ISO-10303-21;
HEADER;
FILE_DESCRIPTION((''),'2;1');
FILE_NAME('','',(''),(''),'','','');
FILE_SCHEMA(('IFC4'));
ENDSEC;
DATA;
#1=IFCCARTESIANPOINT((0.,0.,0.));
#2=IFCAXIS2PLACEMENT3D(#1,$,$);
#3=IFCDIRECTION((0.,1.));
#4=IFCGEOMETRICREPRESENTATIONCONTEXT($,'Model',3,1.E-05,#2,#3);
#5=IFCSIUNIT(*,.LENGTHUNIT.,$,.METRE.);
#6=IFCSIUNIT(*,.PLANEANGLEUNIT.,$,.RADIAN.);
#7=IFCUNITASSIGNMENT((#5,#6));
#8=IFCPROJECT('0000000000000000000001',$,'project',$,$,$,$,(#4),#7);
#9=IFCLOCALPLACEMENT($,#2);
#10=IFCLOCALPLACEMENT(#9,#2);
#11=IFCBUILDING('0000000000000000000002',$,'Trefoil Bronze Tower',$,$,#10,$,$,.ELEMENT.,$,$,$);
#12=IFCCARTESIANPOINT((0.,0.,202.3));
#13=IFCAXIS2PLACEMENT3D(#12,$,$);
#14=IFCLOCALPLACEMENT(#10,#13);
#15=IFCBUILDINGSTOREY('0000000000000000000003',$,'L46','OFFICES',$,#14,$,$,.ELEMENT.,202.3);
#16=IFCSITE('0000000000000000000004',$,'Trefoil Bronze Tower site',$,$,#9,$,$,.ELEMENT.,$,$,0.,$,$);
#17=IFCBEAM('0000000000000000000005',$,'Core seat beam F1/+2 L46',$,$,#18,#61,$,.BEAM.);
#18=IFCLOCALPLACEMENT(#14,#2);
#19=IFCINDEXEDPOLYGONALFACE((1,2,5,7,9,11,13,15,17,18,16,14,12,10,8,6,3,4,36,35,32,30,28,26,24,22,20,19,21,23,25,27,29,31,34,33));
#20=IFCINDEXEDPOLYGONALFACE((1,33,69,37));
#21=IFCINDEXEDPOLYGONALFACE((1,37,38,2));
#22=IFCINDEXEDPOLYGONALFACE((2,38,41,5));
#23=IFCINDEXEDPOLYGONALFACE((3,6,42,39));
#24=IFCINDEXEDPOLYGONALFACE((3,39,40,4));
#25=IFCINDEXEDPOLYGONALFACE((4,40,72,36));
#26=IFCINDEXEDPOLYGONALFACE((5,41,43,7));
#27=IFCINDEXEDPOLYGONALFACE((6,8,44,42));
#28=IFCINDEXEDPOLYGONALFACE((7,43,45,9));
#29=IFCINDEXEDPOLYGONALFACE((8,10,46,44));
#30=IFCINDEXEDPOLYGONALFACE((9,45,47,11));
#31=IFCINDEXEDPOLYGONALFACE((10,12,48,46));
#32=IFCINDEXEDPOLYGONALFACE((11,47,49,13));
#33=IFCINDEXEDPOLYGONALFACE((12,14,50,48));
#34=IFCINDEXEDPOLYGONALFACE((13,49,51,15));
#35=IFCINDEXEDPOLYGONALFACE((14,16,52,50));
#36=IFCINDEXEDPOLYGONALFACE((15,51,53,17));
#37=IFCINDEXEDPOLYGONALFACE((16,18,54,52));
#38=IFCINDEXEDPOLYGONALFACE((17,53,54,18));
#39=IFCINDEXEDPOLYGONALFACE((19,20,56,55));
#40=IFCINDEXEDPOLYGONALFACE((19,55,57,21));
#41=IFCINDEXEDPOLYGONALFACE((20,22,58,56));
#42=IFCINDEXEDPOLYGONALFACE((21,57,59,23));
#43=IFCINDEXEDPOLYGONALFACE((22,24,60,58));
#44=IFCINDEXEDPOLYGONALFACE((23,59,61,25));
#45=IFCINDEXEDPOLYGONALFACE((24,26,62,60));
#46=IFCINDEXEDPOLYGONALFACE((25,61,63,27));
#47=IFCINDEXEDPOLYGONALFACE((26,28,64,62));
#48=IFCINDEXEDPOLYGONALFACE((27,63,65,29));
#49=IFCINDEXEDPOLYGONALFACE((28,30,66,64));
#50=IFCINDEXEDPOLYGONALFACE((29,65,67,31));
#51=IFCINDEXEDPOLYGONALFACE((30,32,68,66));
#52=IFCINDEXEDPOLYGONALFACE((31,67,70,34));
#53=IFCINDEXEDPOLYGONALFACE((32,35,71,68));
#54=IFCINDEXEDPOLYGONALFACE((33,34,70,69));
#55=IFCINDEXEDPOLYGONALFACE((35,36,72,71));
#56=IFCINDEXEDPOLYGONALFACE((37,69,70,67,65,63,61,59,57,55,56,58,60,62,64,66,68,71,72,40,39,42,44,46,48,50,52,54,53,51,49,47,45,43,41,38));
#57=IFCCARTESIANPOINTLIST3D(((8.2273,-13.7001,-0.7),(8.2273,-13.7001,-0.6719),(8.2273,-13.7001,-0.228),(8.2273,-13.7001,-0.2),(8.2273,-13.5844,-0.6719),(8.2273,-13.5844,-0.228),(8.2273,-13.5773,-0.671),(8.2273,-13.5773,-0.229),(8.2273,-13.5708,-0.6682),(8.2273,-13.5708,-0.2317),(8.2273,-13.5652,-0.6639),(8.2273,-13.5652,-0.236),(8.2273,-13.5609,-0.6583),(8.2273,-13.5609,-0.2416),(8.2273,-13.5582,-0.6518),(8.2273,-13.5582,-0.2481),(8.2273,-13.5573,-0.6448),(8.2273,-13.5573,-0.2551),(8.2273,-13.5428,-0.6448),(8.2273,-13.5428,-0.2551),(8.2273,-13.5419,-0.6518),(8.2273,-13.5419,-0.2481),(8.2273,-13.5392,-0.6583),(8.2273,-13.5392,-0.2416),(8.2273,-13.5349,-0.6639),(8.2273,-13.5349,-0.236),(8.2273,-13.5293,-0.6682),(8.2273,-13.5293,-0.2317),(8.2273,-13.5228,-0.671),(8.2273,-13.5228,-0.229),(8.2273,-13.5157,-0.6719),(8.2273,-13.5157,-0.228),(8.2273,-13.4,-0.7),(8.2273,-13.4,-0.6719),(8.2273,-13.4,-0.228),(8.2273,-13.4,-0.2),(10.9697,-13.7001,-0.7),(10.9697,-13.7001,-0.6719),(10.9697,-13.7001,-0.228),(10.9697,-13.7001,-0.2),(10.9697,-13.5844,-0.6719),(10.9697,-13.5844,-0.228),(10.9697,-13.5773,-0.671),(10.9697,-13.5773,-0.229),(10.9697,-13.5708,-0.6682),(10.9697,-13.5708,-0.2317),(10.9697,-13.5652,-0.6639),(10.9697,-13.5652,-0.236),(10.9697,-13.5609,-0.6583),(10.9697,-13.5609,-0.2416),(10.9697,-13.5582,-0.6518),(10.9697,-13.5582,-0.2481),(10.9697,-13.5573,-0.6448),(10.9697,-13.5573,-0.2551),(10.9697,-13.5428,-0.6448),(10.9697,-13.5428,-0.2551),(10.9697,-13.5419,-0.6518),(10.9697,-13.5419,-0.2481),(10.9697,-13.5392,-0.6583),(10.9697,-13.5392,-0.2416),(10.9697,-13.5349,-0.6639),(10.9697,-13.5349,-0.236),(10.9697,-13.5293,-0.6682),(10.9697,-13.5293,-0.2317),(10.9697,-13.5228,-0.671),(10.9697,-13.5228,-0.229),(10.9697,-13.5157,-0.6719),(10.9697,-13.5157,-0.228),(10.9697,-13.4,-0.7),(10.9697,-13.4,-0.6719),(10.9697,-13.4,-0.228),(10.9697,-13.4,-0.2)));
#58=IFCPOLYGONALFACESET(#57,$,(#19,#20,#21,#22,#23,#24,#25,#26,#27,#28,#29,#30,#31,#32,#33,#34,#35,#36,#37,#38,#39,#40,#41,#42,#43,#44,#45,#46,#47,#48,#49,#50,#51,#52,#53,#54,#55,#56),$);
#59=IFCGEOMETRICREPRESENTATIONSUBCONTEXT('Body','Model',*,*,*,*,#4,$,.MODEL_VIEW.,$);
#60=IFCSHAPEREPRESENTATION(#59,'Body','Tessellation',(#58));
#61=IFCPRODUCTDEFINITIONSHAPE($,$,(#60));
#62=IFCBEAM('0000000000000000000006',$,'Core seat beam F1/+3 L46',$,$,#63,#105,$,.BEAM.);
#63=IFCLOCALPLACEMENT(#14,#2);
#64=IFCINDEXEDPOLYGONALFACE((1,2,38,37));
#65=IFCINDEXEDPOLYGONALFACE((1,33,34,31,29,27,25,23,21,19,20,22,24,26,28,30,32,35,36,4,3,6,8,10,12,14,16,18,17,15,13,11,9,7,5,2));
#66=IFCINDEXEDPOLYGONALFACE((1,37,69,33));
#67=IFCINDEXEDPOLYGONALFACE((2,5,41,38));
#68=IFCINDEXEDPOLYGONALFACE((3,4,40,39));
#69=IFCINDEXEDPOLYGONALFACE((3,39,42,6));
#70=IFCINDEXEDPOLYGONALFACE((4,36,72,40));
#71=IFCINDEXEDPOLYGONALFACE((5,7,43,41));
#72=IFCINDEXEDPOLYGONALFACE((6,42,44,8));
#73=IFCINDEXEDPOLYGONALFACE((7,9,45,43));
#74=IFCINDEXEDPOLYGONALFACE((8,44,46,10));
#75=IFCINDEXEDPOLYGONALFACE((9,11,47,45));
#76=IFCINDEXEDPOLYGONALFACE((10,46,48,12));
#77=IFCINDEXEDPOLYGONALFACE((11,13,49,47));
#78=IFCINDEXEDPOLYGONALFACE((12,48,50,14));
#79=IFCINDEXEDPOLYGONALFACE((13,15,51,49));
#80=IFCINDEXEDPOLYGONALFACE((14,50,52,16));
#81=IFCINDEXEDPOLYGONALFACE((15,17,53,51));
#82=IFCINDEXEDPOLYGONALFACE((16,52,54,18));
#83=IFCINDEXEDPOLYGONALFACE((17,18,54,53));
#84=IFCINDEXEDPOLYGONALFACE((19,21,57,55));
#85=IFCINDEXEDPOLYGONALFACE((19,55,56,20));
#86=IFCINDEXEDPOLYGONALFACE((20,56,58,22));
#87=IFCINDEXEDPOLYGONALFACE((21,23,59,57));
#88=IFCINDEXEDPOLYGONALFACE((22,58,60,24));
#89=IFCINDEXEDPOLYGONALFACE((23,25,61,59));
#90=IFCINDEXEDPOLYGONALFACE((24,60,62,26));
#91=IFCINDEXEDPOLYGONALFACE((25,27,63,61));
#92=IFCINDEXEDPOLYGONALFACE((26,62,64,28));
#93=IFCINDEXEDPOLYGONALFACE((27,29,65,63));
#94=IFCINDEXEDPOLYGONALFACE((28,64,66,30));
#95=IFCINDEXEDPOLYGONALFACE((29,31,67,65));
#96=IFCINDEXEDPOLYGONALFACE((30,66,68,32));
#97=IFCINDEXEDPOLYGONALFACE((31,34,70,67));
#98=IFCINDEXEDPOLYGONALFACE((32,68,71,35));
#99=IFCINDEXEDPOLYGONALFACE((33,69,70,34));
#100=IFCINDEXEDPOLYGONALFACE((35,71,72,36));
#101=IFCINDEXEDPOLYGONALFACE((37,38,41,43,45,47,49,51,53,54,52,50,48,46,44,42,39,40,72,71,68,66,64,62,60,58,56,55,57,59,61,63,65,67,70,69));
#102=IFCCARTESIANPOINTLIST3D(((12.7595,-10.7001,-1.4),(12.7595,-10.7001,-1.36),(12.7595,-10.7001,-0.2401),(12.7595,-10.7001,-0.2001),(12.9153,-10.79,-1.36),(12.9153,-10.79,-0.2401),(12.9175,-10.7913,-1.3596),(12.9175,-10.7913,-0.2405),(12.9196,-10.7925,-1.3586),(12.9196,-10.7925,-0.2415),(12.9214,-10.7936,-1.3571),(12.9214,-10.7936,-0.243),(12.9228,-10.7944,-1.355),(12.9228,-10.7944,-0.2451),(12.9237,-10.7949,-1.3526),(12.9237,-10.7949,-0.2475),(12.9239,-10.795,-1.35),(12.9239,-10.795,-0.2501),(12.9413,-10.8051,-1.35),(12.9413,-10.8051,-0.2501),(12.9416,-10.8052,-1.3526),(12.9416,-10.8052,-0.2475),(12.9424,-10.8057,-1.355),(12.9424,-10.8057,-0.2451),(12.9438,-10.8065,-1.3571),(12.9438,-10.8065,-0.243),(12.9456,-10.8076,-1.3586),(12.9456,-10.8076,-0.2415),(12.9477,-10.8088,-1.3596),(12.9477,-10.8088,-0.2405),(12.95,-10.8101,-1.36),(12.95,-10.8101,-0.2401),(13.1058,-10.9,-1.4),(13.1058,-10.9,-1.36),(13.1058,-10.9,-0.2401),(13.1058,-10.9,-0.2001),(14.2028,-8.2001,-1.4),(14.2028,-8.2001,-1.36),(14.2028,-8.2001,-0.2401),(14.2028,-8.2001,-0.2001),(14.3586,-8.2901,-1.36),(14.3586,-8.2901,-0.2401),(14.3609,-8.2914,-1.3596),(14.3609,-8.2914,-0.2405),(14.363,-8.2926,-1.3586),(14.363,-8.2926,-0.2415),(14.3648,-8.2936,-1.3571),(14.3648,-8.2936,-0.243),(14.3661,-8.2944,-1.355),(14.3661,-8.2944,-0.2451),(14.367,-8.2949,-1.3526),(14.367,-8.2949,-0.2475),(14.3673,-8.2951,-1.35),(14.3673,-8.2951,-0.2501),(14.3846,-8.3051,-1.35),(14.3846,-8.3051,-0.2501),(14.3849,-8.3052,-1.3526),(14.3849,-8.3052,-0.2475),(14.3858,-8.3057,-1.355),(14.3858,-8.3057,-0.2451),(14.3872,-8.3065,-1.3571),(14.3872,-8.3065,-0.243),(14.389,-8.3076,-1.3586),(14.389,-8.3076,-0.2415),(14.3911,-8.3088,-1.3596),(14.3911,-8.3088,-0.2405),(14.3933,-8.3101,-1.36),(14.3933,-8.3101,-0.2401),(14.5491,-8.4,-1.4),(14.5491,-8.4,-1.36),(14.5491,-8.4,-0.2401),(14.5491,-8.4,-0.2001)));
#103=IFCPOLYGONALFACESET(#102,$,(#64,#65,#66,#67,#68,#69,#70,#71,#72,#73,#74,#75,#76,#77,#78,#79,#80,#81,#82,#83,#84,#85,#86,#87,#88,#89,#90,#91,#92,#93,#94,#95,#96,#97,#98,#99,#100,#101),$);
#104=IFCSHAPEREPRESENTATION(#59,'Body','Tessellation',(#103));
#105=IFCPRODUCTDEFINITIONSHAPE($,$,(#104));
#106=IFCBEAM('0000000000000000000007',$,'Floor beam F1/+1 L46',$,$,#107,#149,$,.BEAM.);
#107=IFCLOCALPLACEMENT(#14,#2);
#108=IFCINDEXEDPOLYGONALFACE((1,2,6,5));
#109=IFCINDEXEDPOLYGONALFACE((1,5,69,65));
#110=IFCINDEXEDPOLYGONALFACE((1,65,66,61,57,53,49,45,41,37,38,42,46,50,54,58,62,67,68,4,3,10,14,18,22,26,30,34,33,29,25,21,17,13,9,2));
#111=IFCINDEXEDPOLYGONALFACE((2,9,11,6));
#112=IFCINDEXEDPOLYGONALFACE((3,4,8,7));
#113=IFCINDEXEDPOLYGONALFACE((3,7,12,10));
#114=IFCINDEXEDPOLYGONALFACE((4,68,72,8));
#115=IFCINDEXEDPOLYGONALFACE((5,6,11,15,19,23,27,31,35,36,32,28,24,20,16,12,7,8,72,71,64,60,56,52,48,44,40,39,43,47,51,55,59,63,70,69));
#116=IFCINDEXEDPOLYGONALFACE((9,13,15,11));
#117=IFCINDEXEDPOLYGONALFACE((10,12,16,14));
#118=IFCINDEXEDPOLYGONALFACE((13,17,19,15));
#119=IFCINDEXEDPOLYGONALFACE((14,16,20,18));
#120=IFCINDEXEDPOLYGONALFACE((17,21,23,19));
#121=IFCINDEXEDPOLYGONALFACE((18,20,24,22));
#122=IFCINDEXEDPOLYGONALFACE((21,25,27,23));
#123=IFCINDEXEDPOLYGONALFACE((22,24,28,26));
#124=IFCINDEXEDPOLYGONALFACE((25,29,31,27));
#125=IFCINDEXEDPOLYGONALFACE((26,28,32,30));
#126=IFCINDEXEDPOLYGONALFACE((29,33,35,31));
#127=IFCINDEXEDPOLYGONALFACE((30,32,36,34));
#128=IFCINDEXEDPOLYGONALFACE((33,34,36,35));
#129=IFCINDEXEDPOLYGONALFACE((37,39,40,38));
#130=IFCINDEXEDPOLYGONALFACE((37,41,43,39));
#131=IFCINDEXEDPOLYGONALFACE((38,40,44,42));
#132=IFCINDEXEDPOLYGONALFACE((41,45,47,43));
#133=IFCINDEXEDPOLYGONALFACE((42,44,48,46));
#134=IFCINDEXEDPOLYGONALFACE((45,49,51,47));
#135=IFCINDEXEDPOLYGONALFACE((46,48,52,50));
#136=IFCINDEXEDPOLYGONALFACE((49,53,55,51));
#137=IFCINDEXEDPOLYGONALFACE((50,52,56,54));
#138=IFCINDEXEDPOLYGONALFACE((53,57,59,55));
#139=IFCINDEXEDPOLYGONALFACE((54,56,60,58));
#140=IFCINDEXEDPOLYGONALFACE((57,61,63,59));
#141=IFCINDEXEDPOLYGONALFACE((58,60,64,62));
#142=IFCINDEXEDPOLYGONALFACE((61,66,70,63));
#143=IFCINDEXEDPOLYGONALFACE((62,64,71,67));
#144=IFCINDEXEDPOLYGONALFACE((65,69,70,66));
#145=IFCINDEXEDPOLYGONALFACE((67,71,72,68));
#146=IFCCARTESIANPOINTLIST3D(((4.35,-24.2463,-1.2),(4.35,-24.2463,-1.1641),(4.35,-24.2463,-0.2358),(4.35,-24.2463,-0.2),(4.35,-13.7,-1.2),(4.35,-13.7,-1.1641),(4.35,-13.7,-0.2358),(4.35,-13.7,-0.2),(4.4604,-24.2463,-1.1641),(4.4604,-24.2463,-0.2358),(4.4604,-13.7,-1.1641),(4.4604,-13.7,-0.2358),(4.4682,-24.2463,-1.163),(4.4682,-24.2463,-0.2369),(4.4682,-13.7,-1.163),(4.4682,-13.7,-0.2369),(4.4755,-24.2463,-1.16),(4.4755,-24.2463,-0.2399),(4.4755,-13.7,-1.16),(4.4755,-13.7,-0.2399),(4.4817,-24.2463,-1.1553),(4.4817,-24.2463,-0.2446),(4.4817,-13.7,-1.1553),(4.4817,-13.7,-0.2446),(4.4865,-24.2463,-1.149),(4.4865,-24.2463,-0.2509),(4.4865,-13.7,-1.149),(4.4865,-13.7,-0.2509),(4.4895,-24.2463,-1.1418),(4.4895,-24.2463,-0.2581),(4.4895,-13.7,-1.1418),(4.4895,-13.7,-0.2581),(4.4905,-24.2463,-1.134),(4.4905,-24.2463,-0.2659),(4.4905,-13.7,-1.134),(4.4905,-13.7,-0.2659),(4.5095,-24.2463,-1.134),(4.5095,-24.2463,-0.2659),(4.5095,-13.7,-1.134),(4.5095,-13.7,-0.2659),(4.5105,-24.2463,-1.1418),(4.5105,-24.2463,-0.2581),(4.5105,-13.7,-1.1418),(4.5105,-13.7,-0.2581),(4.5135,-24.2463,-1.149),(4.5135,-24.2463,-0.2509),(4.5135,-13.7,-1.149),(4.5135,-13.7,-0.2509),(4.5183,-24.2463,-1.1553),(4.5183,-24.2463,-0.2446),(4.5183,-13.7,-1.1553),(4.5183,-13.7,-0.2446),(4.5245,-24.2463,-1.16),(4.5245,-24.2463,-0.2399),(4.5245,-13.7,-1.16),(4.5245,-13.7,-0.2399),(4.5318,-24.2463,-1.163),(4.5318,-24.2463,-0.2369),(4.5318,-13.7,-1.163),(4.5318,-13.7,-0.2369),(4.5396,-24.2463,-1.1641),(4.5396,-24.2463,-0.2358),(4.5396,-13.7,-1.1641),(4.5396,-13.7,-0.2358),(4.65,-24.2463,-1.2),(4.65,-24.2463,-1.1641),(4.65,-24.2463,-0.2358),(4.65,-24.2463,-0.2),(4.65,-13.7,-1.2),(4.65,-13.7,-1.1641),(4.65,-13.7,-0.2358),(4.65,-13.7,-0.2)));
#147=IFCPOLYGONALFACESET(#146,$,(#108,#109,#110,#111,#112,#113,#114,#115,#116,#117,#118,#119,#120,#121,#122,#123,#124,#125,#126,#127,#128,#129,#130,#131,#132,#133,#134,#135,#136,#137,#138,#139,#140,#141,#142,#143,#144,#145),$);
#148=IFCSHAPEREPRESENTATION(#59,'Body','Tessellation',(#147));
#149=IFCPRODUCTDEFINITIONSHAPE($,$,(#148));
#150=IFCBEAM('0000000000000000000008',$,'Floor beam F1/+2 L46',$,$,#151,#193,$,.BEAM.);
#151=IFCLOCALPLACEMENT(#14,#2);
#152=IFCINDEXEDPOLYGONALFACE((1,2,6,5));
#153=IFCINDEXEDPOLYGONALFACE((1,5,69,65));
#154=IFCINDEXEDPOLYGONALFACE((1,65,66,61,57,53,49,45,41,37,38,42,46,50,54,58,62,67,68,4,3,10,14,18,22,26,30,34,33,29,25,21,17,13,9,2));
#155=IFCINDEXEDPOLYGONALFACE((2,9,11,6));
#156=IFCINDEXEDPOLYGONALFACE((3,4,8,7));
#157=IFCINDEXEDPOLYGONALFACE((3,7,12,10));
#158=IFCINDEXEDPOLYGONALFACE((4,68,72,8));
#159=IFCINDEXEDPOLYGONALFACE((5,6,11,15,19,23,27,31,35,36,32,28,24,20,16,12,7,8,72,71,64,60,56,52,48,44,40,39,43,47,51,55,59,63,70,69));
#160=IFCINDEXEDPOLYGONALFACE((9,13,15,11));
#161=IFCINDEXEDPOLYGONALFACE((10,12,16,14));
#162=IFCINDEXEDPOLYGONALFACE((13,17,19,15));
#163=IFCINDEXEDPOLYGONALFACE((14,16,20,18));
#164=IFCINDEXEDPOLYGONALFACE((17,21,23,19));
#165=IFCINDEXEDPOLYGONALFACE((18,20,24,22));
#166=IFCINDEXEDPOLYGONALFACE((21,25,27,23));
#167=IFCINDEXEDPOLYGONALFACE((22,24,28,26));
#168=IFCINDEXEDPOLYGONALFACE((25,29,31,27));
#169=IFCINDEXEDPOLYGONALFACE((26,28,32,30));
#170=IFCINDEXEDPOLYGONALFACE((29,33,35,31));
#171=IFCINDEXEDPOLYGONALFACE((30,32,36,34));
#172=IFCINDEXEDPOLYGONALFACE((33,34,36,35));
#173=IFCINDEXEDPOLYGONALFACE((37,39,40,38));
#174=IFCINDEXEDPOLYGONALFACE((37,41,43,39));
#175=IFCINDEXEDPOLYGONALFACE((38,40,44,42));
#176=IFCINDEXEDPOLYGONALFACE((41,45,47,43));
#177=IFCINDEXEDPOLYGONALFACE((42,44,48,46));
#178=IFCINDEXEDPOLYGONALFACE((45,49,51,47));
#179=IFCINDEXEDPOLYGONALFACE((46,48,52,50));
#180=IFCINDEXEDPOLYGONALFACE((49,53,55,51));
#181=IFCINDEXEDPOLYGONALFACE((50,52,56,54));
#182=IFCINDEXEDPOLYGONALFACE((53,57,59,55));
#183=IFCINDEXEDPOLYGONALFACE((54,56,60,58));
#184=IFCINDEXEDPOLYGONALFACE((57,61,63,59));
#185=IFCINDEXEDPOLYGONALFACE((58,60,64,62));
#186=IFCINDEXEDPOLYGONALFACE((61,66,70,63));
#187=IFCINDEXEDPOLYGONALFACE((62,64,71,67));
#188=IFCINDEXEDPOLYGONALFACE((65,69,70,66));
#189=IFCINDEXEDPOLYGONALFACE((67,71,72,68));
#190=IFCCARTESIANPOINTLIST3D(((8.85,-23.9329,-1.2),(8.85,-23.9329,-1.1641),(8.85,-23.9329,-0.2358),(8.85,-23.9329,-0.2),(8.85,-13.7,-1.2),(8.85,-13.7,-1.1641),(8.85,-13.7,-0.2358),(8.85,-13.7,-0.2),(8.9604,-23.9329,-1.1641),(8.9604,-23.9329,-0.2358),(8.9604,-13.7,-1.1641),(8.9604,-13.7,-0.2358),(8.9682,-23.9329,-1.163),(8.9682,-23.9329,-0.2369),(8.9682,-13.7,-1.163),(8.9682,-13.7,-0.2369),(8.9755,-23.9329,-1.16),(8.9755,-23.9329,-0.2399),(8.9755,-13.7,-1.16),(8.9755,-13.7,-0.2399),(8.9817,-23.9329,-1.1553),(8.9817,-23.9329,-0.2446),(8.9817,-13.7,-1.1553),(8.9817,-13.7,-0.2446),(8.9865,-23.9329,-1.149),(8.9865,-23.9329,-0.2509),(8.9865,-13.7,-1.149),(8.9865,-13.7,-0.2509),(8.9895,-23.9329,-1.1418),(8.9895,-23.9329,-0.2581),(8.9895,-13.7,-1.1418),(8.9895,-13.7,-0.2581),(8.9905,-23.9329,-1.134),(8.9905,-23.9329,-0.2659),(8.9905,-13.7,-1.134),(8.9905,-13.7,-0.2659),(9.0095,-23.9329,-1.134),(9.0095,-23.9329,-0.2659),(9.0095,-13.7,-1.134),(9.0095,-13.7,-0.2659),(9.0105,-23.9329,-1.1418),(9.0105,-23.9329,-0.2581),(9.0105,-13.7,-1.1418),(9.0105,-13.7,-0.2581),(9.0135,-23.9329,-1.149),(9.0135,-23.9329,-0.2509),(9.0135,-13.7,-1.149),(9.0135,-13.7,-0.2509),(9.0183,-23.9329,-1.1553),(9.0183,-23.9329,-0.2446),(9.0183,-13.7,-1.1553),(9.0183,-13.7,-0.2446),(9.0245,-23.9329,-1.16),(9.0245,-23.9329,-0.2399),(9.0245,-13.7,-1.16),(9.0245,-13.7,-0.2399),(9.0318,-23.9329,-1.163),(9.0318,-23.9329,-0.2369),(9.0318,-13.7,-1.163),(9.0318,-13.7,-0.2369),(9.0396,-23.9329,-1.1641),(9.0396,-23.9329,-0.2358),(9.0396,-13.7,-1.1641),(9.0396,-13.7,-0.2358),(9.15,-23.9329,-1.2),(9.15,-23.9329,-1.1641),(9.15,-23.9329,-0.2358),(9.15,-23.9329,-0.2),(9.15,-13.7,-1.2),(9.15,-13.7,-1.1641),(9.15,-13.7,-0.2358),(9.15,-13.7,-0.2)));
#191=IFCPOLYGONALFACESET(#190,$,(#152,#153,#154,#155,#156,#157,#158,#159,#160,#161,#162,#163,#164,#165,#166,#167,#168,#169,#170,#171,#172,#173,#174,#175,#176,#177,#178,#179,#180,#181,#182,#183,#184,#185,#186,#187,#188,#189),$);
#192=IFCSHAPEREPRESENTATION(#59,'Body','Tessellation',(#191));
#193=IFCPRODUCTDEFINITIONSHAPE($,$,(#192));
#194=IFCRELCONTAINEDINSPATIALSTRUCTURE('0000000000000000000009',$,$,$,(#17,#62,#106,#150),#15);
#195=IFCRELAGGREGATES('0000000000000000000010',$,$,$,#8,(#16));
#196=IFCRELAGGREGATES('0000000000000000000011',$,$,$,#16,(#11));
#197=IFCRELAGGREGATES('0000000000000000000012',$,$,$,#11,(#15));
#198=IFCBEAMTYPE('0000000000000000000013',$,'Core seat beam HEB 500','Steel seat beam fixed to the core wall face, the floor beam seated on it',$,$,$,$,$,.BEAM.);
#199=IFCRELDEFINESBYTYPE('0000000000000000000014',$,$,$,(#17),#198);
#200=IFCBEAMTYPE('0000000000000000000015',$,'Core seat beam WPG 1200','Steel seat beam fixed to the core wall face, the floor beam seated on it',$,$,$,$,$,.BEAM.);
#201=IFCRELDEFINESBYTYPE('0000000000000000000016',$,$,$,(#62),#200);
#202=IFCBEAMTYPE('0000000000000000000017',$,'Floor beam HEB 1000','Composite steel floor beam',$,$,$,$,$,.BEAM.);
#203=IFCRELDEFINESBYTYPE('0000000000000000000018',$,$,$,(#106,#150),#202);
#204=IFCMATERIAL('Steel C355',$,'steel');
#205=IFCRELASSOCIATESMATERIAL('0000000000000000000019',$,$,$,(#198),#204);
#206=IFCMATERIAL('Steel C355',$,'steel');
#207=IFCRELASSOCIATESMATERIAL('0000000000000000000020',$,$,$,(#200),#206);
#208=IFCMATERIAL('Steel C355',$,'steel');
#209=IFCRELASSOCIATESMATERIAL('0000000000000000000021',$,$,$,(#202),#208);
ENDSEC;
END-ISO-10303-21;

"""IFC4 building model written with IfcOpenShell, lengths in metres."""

from ifc_helpers import new_model, si_unit, direction, frame, origin, origin_2d, place, context, subcontext, project, spatial, i_section, extrude, material, material_profile, profile_set, type_object, element, save


model = new_model("IFC4")

# Units and contexts
model_context = context("Model", 3, precision=1e-05, world=origin(), true_north=direction((0.0, 1.0)))
body_context = subcontext(model_context, "Body", "Model", "MODEL_VIEW")
ifc_project = project(units=[si_unit("LENGTHUNIT", "METRE"), si_unit("PLANEANGLEUNIT", "RADIAN")], contexts=[model_context])

# Site, building, storey
site_placement = place(None, origin())
site = spatial("IfcSite", under=ifc_project, at=site_placement, Name="Trefoil Bronze Tower site", CompositionType="ELEMENT", RefElevation=0.0)
building_placement = place(site_placement, origin())
building = spatial("IfcBuilding", under=site, at=building_placement, Name="Trefoil Bronze Tower", CompositionType="ELEMENT")
storey_placement = place(building_placement, frame((0.0, 0.0, 202.3)))
storey = spatial("IfcBuildingStorey", under=building, at=storey_placement, Name="L46", Description="OFFICES", CompositionType="ELEMENT", Elevation=202.3)

# Beams
ifc_material_1 = material(Name="Steel C355", Category="steel")
ifc_material_profile_1 = material_profile(ifc_material_1, i_section(OverallWidth=0.3, OverallDepth=0.5, WebThickness=0.0144, FlangeThickness=0.0281, FilletRadius=0.0271, at=origin_2d()), Name="HEB 500")
ifc_profile_set_1 = profile_set([ifc_material_profile_1], Name="Steel C355")
beam_type_1 = type_object("IfcBeamType", Name="Core seat beam HEB 500", Description="Steel seat beam fixed to the core wall face, the floor beam seated on it", PredefinedType="BEAM", material=ifc_profile_set_1)
for number, where, z_axis, x_axis, name in (
    (1, (8.2273, -13.55, -0.45), (1.0, 0.0, 0.0), (0.0, 1.0, 0.0), "Core seat beam F1/+2 L46"),
):
    element("IfcBeam", number, at=place(storey_placement, frame(where, z_axis=z_axis, x_axis=x_axis)), inside=storey, type_object=beam_type_1, Name=name, PredefinedType="BEAM", context=body_context, shape_type="SweptSolid", body=[
        extrude(i_section(OverallWidth=0.3, OverallDepth=0.5, WebThickness=0.0144, FlangeThickness=0.0281, FilletRadius=0.0271, at=origin_2d()), origin(), (0.0, 0.0, 1.0), 2.7424),
    ])
ifc_material_2 = material(Name="Steel C355", Category="steel")
ifc_material_profile_2 = material_profile(ifc_material_2, i_section(OverallWidth=0.3999, OverallDepth=1.2, WebThickness=0.02, FlangeThickness=0.04, FilletRadius=0.01, at=origin_2d()), Name="WPG 1200")
ifc_profile_set_2 = profile_set([ifc_material_profile_2], Name="Steel C355")
beam_type_2 = type_object("IfcBeamType", Name="Core seat beam WPG 1200", Description="Steel seat beam fixed to the core wall face, the floor beam seated on it", PredefinedType="BEAM", material=ifc_profile_set_2)
beam_1_placement = place(storey_placement, frame((12.9326, -10.8, -0.8), z_axis=(0.499996, 0.866028, 0.0), x_axis=(-0.866028, 0.499996, 0.0)))
element("IfcBeam", 2, at=beam_1_placement, inside=storey, type_object=beam_type_2, Name="Core seat beam F1/+3 L46", PredefinedType="BEAM", context=body_context, shape_type="SweptSolid", body=[
    extrude(i_section(OverallWidth=0.3999, OverallDepth=1.2, WebThickness=0.02, FlangeThickness=0.04, FilletRadius=0.01, at=origin_2d()), origin(), (0.0, 0.0, 1.0), 2.8867),
])
ifc_material_3 = material(Name="Steel C355", Category="steel")
ifc_material_profile_3 = material_profile(ifc_material_3, i_section(OverallWidth=0.3, OverallDepth=1.0, WebThickness=0.019, FlangeThickness=0.0359, FilletRadius=0.03, at=origin_2d()), Name="HEB 1000")
ifc_profile_set_3 = profile_set([ifc_material_profile_3], Name="Steel C355")
beam_type_3 = type_object("IfcBeamType", Name="Floor beam HEB 1000", Description="Composite steel floor beam", PredefinedType="BEAM", material=ifc_profile_set_3)
beam_2_placement = place(storey_placement, frame((4.5, -24.2463, -0.7), z_axis=(0.0, 1.0, 0.0), x_axis=(-1.0, 0.0, 0.0)))
element("IfcBeam", 3, at=beam_2_placement, inside=storey, type_object=beam_type_3, Name="Floor beam F1/+1 L46", PredefinedType="BEAM", context=body_context, shape_type="SweptSolid", body=[
    extrude(i_section(OverallWidth=0.3, OverallDepth=1.0, WebThickness=0.019, FlangeThickness=0.0359, FilletRadius=0.03, at=origin_2d()), origin(), (0.0, 0.0, 1.0), 10.5464),
])
beam_3_placement = place(storey_placement, frame((9.0, -23.9329, -0.7), z_axis=(0.0, 1.0, 0.0), x_axis=(-1.0, 0.0, 0.0)))
element("IfcBeam", 4, at=beam_3_placement, inside=storey, type_object=beam_type_3, Name="Floor beam F1/+2 L46", PredefinedType="BEAM", context=body_context, shape_type="SweptSolid", body=[
    extrude(i_section(OverallWidth=0.3, OverallDepth=1.0, WebThickness=0.019, FlangeThickness=0.0359, FilletRadius=0.03, at=origin_2d()), origin(), (0.0, 0.0, 1.0), 10.2329),
])

save(model, "model.ifc")
